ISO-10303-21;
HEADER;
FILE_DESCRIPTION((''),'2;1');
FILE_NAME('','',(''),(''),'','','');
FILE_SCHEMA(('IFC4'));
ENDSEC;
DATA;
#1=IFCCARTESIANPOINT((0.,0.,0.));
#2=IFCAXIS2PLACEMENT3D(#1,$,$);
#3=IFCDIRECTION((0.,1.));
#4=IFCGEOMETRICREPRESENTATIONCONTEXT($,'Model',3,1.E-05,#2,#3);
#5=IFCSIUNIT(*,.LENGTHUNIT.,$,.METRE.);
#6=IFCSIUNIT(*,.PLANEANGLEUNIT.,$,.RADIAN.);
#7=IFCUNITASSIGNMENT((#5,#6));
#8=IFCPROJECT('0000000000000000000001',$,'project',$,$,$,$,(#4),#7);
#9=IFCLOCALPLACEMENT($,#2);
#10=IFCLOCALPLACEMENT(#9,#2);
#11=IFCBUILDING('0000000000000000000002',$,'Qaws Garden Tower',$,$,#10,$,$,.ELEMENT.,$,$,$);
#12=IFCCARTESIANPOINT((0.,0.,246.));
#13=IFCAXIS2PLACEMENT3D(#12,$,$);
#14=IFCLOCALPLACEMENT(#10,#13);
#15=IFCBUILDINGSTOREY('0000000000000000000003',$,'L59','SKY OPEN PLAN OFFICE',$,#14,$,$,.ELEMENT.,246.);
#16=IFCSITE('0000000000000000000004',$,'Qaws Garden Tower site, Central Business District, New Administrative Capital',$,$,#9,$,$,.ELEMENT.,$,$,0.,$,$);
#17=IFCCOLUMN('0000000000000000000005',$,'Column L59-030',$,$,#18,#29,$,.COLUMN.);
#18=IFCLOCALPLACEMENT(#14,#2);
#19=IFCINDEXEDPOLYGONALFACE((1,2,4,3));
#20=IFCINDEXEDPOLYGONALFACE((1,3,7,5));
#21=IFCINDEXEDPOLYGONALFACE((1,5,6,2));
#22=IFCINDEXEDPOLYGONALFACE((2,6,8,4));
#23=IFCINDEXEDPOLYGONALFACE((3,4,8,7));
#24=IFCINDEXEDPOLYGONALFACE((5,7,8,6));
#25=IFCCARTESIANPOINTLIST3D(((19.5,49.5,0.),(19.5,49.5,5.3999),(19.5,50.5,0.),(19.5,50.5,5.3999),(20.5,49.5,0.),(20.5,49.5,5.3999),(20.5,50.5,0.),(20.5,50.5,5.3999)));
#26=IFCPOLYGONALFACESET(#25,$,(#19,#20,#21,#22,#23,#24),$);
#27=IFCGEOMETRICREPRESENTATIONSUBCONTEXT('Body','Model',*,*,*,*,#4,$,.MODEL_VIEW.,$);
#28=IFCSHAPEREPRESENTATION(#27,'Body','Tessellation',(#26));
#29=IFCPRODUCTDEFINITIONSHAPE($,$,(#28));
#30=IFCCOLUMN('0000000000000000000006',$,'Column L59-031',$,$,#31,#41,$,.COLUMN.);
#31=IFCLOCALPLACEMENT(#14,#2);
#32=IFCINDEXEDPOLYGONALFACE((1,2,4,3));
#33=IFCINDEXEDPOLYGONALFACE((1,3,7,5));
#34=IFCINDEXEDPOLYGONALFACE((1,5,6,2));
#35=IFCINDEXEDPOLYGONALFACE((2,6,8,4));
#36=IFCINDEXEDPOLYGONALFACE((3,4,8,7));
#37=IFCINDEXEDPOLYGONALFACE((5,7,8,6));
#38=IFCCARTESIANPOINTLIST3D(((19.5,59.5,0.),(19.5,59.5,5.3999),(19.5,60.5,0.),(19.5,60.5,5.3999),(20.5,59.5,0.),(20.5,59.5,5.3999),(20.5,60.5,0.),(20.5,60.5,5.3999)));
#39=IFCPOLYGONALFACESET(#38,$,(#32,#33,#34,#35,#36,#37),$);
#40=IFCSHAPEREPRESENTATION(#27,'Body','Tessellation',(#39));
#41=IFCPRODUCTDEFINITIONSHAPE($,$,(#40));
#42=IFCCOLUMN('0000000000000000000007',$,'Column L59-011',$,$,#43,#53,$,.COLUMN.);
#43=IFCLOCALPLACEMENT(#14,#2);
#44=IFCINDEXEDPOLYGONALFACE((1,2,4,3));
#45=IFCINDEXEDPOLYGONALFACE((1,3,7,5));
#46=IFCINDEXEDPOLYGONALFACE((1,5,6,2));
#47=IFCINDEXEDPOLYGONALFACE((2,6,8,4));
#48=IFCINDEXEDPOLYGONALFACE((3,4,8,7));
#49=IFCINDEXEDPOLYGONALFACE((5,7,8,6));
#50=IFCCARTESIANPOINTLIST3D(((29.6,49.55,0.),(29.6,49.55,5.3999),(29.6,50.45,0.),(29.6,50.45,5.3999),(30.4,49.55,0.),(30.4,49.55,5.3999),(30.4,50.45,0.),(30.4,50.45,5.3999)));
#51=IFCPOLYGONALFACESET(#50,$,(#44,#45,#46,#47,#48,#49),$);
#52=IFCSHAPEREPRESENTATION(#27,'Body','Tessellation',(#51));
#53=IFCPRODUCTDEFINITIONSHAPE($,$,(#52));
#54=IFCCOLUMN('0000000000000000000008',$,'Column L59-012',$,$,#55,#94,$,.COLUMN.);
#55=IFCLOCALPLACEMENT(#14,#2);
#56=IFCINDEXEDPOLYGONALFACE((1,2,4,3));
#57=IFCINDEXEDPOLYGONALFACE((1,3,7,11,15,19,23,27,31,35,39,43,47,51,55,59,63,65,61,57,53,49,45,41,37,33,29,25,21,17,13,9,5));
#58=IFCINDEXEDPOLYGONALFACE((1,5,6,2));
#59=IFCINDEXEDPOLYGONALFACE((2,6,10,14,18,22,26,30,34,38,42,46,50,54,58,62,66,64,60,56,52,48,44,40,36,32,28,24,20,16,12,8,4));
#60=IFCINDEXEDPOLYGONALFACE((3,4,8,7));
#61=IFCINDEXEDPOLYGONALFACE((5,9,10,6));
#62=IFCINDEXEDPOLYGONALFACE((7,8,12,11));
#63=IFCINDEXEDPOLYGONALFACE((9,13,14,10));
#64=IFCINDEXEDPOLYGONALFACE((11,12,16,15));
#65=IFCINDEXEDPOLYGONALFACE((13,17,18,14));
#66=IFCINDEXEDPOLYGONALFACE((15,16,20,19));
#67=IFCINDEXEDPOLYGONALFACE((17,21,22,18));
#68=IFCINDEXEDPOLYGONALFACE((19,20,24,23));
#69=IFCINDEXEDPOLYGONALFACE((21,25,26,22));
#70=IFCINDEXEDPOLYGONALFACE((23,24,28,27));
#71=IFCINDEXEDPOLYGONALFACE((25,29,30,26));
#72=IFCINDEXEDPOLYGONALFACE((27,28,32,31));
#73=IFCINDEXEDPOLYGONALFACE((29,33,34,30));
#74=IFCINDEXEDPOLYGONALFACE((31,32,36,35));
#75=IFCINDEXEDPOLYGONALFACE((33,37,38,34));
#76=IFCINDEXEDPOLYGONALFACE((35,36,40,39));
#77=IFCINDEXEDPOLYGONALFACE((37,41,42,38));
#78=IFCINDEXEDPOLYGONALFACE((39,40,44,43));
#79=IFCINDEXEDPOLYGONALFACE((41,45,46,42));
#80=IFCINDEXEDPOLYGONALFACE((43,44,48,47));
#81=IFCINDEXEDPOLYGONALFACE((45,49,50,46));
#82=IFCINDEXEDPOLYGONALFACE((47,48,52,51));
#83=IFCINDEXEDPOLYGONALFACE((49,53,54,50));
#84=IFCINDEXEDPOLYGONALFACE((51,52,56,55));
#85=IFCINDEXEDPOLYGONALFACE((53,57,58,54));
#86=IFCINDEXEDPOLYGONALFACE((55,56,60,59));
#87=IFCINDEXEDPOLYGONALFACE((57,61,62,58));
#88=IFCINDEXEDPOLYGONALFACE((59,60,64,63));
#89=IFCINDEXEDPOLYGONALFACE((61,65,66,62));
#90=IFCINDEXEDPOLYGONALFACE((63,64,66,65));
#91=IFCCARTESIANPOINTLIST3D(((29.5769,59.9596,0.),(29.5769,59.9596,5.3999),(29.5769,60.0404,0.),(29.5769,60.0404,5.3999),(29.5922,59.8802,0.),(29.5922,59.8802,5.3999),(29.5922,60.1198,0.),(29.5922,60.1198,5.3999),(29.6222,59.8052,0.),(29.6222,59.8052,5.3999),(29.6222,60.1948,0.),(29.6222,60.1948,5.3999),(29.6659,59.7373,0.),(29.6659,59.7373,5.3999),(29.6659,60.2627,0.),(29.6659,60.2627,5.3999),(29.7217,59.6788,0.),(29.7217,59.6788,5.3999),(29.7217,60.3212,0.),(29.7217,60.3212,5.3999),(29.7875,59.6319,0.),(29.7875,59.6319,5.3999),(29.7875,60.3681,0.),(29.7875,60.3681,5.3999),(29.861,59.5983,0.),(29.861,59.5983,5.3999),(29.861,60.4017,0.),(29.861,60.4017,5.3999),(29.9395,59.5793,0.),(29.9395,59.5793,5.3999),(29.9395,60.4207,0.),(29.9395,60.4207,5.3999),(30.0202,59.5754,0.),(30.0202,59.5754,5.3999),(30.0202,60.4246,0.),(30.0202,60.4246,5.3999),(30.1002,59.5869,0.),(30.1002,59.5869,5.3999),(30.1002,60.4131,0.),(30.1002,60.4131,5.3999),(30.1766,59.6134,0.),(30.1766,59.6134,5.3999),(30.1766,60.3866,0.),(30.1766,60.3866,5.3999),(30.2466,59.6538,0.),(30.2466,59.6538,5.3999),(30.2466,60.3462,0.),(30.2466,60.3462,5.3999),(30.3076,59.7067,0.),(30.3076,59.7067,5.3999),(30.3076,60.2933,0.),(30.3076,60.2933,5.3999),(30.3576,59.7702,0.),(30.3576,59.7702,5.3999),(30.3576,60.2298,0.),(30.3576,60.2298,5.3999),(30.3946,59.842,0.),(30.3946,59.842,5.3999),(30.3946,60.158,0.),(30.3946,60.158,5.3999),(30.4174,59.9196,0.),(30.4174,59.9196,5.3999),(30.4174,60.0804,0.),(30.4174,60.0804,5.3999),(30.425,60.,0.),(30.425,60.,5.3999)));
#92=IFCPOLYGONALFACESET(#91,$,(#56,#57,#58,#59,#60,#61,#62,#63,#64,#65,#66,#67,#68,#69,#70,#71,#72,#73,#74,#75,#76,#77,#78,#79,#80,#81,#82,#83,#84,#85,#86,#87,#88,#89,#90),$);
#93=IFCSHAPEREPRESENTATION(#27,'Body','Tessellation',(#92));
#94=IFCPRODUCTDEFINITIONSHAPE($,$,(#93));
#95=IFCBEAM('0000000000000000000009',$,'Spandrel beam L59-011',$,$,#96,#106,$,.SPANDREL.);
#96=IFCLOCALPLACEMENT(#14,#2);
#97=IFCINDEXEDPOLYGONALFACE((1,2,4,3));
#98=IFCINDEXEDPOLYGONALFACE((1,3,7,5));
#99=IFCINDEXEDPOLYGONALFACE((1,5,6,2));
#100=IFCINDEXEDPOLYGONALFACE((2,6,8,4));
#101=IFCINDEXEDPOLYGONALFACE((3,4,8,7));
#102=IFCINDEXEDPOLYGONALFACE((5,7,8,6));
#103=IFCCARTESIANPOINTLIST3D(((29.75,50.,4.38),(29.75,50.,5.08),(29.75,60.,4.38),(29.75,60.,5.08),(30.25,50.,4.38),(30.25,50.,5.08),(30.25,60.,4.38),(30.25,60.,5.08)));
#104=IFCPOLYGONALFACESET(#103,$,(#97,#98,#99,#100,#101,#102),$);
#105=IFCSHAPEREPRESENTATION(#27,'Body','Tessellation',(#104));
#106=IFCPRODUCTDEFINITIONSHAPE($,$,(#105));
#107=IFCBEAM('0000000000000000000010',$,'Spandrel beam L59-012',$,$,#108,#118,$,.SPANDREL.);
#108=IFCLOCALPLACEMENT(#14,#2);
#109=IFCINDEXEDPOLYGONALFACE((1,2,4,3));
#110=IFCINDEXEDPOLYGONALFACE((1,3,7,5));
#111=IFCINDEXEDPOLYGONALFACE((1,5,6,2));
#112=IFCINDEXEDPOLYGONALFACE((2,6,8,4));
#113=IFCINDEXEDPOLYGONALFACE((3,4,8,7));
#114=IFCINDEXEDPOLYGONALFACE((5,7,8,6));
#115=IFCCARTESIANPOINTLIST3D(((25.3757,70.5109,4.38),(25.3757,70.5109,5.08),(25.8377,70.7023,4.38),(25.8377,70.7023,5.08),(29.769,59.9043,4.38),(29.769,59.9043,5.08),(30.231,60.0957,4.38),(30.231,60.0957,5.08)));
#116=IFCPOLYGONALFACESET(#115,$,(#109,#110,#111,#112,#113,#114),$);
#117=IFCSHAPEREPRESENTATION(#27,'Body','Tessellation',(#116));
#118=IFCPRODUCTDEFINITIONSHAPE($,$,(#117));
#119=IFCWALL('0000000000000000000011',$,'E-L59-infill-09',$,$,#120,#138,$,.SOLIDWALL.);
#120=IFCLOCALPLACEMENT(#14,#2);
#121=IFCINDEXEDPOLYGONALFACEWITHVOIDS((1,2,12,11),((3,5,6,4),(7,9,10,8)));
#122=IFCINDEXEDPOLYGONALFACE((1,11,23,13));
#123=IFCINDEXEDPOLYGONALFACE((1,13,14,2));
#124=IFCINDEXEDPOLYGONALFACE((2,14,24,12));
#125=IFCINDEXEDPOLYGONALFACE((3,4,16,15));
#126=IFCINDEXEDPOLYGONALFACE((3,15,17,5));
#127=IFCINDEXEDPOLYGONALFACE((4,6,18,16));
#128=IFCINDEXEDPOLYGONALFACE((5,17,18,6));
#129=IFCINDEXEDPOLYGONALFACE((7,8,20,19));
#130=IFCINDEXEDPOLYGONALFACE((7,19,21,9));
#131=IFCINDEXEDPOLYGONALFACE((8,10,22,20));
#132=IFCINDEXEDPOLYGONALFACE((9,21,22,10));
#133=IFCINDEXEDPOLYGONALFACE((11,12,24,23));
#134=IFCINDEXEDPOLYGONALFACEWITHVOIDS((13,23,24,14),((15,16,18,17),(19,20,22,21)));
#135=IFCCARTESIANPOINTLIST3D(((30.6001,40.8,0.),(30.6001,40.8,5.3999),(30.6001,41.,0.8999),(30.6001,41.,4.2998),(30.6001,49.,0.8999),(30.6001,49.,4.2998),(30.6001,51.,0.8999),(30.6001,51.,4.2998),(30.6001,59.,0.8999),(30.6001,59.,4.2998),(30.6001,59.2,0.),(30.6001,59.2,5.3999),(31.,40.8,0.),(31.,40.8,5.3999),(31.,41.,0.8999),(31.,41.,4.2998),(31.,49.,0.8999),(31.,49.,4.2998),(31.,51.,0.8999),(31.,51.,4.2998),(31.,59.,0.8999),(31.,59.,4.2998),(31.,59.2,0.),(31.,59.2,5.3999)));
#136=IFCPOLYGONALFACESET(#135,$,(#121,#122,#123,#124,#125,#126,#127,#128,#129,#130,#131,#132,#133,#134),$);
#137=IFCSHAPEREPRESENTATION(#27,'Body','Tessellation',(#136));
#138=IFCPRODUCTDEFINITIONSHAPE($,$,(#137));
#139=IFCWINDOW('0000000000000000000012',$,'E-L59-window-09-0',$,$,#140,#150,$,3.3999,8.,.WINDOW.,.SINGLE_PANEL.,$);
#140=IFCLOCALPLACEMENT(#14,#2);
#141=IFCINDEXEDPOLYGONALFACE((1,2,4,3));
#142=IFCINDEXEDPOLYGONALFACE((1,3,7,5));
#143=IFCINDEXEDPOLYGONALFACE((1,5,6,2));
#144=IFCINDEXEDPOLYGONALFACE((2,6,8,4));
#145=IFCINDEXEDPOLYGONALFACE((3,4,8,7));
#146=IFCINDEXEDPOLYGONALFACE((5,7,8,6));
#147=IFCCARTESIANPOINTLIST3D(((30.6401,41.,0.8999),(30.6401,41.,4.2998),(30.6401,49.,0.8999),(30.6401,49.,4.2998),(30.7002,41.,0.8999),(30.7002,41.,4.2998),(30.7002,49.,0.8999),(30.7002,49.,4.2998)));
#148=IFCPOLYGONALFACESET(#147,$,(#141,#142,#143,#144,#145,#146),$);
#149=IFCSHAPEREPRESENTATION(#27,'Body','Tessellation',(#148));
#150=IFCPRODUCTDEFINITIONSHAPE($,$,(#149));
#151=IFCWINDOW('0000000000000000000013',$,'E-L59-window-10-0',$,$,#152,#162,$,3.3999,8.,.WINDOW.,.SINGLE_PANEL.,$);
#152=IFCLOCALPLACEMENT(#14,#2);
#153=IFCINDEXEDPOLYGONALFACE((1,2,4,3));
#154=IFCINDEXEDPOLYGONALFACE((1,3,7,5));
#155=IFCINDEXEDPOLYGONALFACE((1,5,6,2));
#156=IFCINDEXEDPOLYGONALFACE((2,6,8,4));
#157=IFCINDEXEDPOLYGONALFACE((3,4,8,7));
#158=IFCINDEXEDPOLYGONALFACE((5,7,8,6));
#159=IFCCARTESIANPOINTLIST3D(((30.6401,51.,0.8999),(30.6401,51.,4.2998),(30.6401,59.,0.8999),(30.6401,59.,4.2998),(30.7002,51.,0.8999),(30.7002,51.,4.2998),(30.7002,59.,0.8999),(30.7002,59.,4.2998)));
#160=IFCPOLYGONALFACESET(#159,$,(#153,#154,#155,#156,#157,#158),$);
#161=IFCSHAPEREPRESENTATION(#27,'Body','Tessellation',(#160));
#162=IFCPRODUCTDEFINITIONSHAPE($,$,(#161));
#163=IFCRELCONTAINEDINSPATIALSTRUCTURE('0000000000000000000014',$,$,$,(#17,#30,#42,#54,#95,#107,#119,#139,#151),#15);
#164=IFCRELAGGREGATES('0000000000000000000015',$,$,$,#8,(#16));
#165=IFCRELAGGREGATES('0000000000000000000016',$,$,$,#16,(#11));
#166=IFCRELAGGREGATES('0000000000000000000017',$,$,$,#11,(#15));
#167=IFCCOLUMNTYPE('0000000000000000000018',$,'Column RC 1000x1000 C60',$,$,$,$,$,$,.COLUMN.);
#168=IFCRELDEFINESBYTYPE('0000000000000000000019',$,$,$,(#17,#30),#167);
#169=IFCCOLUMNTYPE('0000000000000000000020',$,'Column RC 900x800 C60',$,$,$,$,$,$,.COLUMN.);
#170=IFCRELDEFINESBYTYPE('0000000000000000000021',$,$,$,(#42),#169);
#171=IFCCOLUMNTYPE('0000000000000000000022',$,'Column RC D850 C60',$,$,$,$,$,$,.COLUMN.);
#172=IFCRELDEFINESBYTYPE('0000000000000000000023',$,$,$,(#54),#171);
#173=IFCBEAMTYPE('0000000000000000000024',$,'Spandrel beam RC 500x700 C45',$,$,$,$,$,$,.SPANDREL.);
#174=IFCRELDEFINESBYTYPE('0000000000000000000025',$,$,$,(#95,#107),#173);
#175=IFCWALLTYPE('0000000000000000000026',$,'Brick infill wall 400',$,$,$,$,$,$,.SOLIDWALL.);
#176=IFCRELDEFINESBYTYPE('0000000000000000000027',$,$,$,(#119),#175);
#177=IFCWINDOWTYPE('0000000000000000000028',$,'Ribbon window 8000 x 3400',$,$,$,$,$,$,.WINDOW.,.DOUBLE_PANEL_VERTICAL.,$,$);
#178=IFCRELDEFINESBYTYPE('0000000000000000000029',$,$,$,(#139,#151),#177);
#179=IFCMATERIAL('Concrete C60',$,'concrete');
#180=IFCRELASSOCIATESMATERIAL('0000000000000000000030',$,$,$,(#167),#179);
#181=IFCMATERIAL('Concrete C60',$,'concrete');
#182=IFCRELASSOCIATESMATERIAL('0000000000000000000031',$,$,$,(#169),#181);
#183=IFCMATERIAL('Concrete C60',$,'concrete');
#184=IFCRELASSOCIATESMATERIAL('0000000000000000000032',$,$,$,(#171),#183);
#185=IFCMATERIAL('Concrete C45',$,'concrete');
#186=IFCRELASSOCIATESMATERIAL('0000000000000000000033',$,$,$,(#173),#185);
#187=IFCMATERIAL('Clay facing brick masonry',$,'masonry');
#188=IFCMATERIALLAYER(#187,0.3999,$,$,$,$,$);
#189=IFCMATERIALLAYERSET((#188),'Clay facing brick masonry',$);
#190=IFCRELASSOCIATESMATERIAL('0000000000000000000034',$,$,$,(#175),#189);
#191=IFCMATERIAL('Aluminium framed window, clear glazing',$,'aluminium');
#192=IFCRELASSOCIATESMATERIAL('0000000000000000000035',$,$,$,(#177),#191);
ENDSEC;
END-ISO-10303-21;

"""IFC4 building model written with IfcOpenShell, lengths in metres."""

from ifc_helpers import new_model, si_unit, direction, frame, frame_2d, origin, origin_2d, place, context, subcontext, project, spatial, rectangle, circle, extrude, material, layer, layer_set, material_profile, profile_set, type_object, element, fill, save


model = new_model("IFC4")

# Units and contexts
model_context = context("Model", 3, precision=1e-05, world=origin(), true_north=direction((0.0, 1.0)))
body_context = subcontext(model_context, "Body", "Model", "MODEL_VIEW")
ifc_project = project(units=[si_unit("LENGTHUNIT", "METRE"), si_unit("PLANEANGLEUNIT", "RADIAN")], contexts=[model_context])

# Site, building, storey
site_placement = place(None, origin())
site = spatial("IfcSite", under=ifc_project, at=site_placement, Name="Qaws Garden Tower site, Central Business District, New Administrative Capital", CompositionType="ELEMENT", RefElevation=0.0)
building_placement = place(site_placement, origin())
building = spatial("IfcBuilding", under=site, at=building_placement, Name="Qaws Garden Tower", CompositionType="ELEMENT")
storey_placement = place(building_placement, frame((0.0, 0.0, 246.0)))
storey = spatial("IfcBuildingStorey", under=building, at=storey_placement, Name="L59", Description="SKY OPEN PLAN OFFICE", CompositionType="ELEMENT", Elevation=246.0)

# Columns
ifc_material_1 = material(Name="Concrete C60", Category="concrete")
ifc_material_profile_1 = material_profile(ifc_material_1, rectangle(XDim=1.0, YDim=1.0, at=origin_2d()), Name="RC 1000x1000")
ifc_profile_set_1 = profile_set([ifc_material_profile_1], Name="Concrete C60")
column_type_1 = type_object("IfcColumnType", Name="Column RC 1000x1000 C60", PredefinedType="COLUMN", material=ifc_profile_set_1)
for number, where, z_axis, x_axis, name in (
    (1, (20.0, 50.0, 0.0), (0.0, 0.0, 1.0), (1.0, 0.0, 0.0), "Column L59-030"),
    (2, (20.0, 60.0, 0.0), (0.0, 0.0, 1.0), (1.0, 0.0, 0.0), "Column L59-031"),
):
    element("IfcColumn", number, at=place(storey_placement, frame(where, z_axis=z_axis, x_axis=x_axis)), inside=storey, type_object=column_type_1, Name=name, PredefinedType="COLUMN", context=body_context, shape_type="SweptSolid", body=[
        extrude(rectangle(XDim=1.0, YDim=1.0, at=origin_2d()), origin(), (0.0, 0.0, 1.0), 5.3999),
    ])
ifc_material_2 = material(Name="Concrete C60", Category="concrete")
ifc_material_profile_2 = material_profile(ifc_material_2, rectangle(XDim=0.8999, YDim=0.8, at=origin_2d()), Name="RC 900x800")
ifc_profile_set_2 = profile_set([ifc_material_profile_2], Name="Concrete C60")
column_type_2 = type_object("IfcColumnType", Name="Column RC 900x800 C60", PredefinedType="COLUMN", material=ifc_profile_set_2)
column_1_placement = place(storey_placement, frame((30.0, 50.0, 0.0), z_axis=(0.0, 0.0, 1.0), x_axis=(0.0, 1.0, 0.0)))
element("IfcColumn", 3, at=column_1_placement, inside=storey, type_object=column_type_2, Name="Column L59-011", PredefinedType="COLUMN", context=body_context, shape_type="SweptSolid", body=[
    extrude(rectangle(XDim=0.8999, YDim=0.8, at=origin_2d()), origin(), (0.0, 0.0, 1.0), 5.3999),
])
ifc_material_3 = material(Name="Concrete C60", Category="concrete")
ifc_material_profile_3 = material_profile(ifc_material_3, circle(Radius=0.425, at=origin_2d()), Name="RC D850")
ifc_profile_set_3 = profile_set([ifc_material_profile_3], Name="Concrete C60")
column_type_3 = type_object("IfcColumnType", Name="Column RC D850 C60", PredefinedType="COLUMN", material=ifc_profile_set_3)
column_2_placement = place(storey_placement, frame((30.0, 60.0, 0.0), z_axis=(0.0, 0.0, 1.0), x_axis=(1.0, 0.0, 0.0)))
element("IfcColumn", 4, at=column_2_placement, inside=storey, type_object=column_type_3, Name="Column L59-012", PredefinedType="COLUMN", context=body_context, shape_type="SweptSolid", body=[
    extrude(circle(Radius=0.425, at=origin_2d()), origin(), (0.0, 0.0, 1.0), 5.3999),
])

# Beams
ifc_material_4 = material(Name="Concrete C45", Category="concrete")
ifc_material_profile_4 = material_profile(ifc_material_4, rectangle(XDim=0.5, YDim=0.7, at=origin_2d()), Name="RC 500x700")
ifc_profile_set_4 = profile_set([ifc_material_profile_4], Name="Concrete C45")
beam_type = type_object("IfcBeamType", Name="Spandrel beam RC 500x700 C45", PredefinedType="SPANDREL", material=ifc_profile_set_4)
beam_1_placement = place(storey_placement, frame((30.0, 50.0, 4.73), z_axis=(0.0, 1.0, 0.0), x_axis=(-1.0, 0.0, 0.0)))
element("IfcBeam", 5, at=beam_1_placement, inside=storey, type_object=beam_type, Name="Spandrel beam L59-011", PredefinedType="SPANDREL", context=body_context, shape_type="SweptSolid", body=[
    extrude(rectangle(XDim=0.5, YDim=0.7, at=origin_2d()), origin(), (0.0, 0.0, 1.0), 10.0),
])
beam_2_placement = place(storey_placement, frame((30.0, 60.0, 4.73), z_axis=(-0.382674, 0.923883, 0.0), x_axis=(-0.923883, -0.382674, 0.0)))
element("IfcBeam", 6, at=beam_2_placement, inside=storey, type_object=beam_type, Name="Spandrel beam L59-012", PredefinedType="SPANDREL", context=body_context, shape_type="SweptSolid", body=[
    extrude(rectangle(XDim=0.5, YDim=0.7, at=origin_2d()), origin(), (0.0, 0.0, 1.0), 11.4805),
])

# Wall, openings, windows
ifc_material_5 = material(Name="Clay facing brick masonry", Category="masonry")
ifc_layer_1 = layer(ifc_material_5, 0.3999)
ifc_layer_set_1 = layer_set([ifc_layer_1], Name="Clay facing brick masonry")
wall_type_1 = type_object("IfcWallType", Name="Brick infill wall 400", PredefinedType="SOLIDWALL", material=ifc_layer_set_1)
wall_1_placement = place(storey_placement, frame((30.8, 40.8, 0.0), z_axis=(0.0, 0.0, 1.0), x_axis=(0.0, 1.0, 0.0)))
wall_1 = element("IfcWall", 7, at=wall_1_placement, inside=storey, type_object=wall_type_1, Name="E-L59-infill-09", PredefinedType="SOLIDWALL", context=body_context, shape_type="SweptSolid", body=[
    extrude(rectangle(XDim=18.3999, YDim=0.3999, at=frame_2d((9.2, 0.0))), origin(), (0.0, 0.0, 1.0), 5.3999),
])
opening_1_placement = place(wall_1_placement, frame((0.2, 0.0, 0.8999)))
opening_1 = element("IfcOpeningElement", 8, at=opening_1_placement, cuts=wall_1, PredefinedType="OPENING", context=body_context, shape_type="SweptSolid", body=[
    extrude(rectangle(XDim=8.0, YDim=3.3999, at=frame_2d((4.0, 1.7))), frame((0.0, 0.21, 0.0), z_axis=(0.0, -1.0, 0.0), x_axis=(1.0, 0.0, 0.0)), (0.0, 0.0, 1.0), 0.4199),
])
opening_2_placement = place(wall_1_placement, frame((10.2, 0.0, 0.8999)))
opening_2 = element("IfcOpeningElement", 9, at=opening_2_placement, cuts=wall_1, PredefinedType="OPENING", context=body_context, shape_type="SweptSolid", body=[
    extrude(rectangle(XDim=8.0, YDim=3.3999, at=frame_2d((4.0, 1.7))), frame((0.0, 0.21, 0.0), z_axis=(0.0, -1.0, 0.0), x_axis=(1.0, 0.0, 0.0)), (0.0, 0.0, 1.0), 0.4199),
])
ifc_material_6 = material(Name="Aluminium framed window, clear glazing", Category="aluminium")
window_type_1 = type_object("IfcWindowType", Name="Ribbon window 8000 x 3400", PartitioningType="DOUBLE_PANEL_VERTICAL", PredefinedType="WINDOW", material=ifc_material_6)
window_1_placement = place(opening_1_placement, origin())
window_1 = element("IfcWindow", 10, at=window_1_placement, inside=storey, type_object=window_type_1, Name="E-L59-window-09-0", OverallHeight=3.3999, OverallWidth=8.0, PartitioningType="SINGLE_PANEL", PredefinedType="WINDOW", context=body_context, shape_type="SweptSolid", body=[
    extrude(rectangle(XDim=8.0, YDim=3.3999, at=frame_2d((4.0, 1.7))), frame((0.0, 0.1599, 0.0), z_axis=(0.0, -1.0, 0.0), x_axis=(1.0, 0.0, 0.0)), (0.0, 0.0, 1.0), 0.0601),
])
fill(opening_1, window_1)
window_2_placement = place(opening_2_placement, origin())
window_2 = element("IfcWindow", 11, at=window_2_placement, inside=storey, type_object=window_type_1, Name="E-L59-window-10-0", OverallHeight=3.3999, OverallWidth=8.0, PartitioningType="SINGLE_PANEL", PredefinedType="WINDOW", context=body_context, shape_type="SweptSolid", body=[
    extrude(rectangle(XDim=8.0, YDim=3.3999, at=frame_2d((4.0, 1.7))), frame((0.0, 0.1599, 0.0), z_axis=(0.0, -1.0, 0.0), x_axis=(1.0, 0.0, 0.0)), (0.0, 0.0, 1.0), 0.0601),
])
fill(opening_2, window_2)

save(model, "model.ifc")
